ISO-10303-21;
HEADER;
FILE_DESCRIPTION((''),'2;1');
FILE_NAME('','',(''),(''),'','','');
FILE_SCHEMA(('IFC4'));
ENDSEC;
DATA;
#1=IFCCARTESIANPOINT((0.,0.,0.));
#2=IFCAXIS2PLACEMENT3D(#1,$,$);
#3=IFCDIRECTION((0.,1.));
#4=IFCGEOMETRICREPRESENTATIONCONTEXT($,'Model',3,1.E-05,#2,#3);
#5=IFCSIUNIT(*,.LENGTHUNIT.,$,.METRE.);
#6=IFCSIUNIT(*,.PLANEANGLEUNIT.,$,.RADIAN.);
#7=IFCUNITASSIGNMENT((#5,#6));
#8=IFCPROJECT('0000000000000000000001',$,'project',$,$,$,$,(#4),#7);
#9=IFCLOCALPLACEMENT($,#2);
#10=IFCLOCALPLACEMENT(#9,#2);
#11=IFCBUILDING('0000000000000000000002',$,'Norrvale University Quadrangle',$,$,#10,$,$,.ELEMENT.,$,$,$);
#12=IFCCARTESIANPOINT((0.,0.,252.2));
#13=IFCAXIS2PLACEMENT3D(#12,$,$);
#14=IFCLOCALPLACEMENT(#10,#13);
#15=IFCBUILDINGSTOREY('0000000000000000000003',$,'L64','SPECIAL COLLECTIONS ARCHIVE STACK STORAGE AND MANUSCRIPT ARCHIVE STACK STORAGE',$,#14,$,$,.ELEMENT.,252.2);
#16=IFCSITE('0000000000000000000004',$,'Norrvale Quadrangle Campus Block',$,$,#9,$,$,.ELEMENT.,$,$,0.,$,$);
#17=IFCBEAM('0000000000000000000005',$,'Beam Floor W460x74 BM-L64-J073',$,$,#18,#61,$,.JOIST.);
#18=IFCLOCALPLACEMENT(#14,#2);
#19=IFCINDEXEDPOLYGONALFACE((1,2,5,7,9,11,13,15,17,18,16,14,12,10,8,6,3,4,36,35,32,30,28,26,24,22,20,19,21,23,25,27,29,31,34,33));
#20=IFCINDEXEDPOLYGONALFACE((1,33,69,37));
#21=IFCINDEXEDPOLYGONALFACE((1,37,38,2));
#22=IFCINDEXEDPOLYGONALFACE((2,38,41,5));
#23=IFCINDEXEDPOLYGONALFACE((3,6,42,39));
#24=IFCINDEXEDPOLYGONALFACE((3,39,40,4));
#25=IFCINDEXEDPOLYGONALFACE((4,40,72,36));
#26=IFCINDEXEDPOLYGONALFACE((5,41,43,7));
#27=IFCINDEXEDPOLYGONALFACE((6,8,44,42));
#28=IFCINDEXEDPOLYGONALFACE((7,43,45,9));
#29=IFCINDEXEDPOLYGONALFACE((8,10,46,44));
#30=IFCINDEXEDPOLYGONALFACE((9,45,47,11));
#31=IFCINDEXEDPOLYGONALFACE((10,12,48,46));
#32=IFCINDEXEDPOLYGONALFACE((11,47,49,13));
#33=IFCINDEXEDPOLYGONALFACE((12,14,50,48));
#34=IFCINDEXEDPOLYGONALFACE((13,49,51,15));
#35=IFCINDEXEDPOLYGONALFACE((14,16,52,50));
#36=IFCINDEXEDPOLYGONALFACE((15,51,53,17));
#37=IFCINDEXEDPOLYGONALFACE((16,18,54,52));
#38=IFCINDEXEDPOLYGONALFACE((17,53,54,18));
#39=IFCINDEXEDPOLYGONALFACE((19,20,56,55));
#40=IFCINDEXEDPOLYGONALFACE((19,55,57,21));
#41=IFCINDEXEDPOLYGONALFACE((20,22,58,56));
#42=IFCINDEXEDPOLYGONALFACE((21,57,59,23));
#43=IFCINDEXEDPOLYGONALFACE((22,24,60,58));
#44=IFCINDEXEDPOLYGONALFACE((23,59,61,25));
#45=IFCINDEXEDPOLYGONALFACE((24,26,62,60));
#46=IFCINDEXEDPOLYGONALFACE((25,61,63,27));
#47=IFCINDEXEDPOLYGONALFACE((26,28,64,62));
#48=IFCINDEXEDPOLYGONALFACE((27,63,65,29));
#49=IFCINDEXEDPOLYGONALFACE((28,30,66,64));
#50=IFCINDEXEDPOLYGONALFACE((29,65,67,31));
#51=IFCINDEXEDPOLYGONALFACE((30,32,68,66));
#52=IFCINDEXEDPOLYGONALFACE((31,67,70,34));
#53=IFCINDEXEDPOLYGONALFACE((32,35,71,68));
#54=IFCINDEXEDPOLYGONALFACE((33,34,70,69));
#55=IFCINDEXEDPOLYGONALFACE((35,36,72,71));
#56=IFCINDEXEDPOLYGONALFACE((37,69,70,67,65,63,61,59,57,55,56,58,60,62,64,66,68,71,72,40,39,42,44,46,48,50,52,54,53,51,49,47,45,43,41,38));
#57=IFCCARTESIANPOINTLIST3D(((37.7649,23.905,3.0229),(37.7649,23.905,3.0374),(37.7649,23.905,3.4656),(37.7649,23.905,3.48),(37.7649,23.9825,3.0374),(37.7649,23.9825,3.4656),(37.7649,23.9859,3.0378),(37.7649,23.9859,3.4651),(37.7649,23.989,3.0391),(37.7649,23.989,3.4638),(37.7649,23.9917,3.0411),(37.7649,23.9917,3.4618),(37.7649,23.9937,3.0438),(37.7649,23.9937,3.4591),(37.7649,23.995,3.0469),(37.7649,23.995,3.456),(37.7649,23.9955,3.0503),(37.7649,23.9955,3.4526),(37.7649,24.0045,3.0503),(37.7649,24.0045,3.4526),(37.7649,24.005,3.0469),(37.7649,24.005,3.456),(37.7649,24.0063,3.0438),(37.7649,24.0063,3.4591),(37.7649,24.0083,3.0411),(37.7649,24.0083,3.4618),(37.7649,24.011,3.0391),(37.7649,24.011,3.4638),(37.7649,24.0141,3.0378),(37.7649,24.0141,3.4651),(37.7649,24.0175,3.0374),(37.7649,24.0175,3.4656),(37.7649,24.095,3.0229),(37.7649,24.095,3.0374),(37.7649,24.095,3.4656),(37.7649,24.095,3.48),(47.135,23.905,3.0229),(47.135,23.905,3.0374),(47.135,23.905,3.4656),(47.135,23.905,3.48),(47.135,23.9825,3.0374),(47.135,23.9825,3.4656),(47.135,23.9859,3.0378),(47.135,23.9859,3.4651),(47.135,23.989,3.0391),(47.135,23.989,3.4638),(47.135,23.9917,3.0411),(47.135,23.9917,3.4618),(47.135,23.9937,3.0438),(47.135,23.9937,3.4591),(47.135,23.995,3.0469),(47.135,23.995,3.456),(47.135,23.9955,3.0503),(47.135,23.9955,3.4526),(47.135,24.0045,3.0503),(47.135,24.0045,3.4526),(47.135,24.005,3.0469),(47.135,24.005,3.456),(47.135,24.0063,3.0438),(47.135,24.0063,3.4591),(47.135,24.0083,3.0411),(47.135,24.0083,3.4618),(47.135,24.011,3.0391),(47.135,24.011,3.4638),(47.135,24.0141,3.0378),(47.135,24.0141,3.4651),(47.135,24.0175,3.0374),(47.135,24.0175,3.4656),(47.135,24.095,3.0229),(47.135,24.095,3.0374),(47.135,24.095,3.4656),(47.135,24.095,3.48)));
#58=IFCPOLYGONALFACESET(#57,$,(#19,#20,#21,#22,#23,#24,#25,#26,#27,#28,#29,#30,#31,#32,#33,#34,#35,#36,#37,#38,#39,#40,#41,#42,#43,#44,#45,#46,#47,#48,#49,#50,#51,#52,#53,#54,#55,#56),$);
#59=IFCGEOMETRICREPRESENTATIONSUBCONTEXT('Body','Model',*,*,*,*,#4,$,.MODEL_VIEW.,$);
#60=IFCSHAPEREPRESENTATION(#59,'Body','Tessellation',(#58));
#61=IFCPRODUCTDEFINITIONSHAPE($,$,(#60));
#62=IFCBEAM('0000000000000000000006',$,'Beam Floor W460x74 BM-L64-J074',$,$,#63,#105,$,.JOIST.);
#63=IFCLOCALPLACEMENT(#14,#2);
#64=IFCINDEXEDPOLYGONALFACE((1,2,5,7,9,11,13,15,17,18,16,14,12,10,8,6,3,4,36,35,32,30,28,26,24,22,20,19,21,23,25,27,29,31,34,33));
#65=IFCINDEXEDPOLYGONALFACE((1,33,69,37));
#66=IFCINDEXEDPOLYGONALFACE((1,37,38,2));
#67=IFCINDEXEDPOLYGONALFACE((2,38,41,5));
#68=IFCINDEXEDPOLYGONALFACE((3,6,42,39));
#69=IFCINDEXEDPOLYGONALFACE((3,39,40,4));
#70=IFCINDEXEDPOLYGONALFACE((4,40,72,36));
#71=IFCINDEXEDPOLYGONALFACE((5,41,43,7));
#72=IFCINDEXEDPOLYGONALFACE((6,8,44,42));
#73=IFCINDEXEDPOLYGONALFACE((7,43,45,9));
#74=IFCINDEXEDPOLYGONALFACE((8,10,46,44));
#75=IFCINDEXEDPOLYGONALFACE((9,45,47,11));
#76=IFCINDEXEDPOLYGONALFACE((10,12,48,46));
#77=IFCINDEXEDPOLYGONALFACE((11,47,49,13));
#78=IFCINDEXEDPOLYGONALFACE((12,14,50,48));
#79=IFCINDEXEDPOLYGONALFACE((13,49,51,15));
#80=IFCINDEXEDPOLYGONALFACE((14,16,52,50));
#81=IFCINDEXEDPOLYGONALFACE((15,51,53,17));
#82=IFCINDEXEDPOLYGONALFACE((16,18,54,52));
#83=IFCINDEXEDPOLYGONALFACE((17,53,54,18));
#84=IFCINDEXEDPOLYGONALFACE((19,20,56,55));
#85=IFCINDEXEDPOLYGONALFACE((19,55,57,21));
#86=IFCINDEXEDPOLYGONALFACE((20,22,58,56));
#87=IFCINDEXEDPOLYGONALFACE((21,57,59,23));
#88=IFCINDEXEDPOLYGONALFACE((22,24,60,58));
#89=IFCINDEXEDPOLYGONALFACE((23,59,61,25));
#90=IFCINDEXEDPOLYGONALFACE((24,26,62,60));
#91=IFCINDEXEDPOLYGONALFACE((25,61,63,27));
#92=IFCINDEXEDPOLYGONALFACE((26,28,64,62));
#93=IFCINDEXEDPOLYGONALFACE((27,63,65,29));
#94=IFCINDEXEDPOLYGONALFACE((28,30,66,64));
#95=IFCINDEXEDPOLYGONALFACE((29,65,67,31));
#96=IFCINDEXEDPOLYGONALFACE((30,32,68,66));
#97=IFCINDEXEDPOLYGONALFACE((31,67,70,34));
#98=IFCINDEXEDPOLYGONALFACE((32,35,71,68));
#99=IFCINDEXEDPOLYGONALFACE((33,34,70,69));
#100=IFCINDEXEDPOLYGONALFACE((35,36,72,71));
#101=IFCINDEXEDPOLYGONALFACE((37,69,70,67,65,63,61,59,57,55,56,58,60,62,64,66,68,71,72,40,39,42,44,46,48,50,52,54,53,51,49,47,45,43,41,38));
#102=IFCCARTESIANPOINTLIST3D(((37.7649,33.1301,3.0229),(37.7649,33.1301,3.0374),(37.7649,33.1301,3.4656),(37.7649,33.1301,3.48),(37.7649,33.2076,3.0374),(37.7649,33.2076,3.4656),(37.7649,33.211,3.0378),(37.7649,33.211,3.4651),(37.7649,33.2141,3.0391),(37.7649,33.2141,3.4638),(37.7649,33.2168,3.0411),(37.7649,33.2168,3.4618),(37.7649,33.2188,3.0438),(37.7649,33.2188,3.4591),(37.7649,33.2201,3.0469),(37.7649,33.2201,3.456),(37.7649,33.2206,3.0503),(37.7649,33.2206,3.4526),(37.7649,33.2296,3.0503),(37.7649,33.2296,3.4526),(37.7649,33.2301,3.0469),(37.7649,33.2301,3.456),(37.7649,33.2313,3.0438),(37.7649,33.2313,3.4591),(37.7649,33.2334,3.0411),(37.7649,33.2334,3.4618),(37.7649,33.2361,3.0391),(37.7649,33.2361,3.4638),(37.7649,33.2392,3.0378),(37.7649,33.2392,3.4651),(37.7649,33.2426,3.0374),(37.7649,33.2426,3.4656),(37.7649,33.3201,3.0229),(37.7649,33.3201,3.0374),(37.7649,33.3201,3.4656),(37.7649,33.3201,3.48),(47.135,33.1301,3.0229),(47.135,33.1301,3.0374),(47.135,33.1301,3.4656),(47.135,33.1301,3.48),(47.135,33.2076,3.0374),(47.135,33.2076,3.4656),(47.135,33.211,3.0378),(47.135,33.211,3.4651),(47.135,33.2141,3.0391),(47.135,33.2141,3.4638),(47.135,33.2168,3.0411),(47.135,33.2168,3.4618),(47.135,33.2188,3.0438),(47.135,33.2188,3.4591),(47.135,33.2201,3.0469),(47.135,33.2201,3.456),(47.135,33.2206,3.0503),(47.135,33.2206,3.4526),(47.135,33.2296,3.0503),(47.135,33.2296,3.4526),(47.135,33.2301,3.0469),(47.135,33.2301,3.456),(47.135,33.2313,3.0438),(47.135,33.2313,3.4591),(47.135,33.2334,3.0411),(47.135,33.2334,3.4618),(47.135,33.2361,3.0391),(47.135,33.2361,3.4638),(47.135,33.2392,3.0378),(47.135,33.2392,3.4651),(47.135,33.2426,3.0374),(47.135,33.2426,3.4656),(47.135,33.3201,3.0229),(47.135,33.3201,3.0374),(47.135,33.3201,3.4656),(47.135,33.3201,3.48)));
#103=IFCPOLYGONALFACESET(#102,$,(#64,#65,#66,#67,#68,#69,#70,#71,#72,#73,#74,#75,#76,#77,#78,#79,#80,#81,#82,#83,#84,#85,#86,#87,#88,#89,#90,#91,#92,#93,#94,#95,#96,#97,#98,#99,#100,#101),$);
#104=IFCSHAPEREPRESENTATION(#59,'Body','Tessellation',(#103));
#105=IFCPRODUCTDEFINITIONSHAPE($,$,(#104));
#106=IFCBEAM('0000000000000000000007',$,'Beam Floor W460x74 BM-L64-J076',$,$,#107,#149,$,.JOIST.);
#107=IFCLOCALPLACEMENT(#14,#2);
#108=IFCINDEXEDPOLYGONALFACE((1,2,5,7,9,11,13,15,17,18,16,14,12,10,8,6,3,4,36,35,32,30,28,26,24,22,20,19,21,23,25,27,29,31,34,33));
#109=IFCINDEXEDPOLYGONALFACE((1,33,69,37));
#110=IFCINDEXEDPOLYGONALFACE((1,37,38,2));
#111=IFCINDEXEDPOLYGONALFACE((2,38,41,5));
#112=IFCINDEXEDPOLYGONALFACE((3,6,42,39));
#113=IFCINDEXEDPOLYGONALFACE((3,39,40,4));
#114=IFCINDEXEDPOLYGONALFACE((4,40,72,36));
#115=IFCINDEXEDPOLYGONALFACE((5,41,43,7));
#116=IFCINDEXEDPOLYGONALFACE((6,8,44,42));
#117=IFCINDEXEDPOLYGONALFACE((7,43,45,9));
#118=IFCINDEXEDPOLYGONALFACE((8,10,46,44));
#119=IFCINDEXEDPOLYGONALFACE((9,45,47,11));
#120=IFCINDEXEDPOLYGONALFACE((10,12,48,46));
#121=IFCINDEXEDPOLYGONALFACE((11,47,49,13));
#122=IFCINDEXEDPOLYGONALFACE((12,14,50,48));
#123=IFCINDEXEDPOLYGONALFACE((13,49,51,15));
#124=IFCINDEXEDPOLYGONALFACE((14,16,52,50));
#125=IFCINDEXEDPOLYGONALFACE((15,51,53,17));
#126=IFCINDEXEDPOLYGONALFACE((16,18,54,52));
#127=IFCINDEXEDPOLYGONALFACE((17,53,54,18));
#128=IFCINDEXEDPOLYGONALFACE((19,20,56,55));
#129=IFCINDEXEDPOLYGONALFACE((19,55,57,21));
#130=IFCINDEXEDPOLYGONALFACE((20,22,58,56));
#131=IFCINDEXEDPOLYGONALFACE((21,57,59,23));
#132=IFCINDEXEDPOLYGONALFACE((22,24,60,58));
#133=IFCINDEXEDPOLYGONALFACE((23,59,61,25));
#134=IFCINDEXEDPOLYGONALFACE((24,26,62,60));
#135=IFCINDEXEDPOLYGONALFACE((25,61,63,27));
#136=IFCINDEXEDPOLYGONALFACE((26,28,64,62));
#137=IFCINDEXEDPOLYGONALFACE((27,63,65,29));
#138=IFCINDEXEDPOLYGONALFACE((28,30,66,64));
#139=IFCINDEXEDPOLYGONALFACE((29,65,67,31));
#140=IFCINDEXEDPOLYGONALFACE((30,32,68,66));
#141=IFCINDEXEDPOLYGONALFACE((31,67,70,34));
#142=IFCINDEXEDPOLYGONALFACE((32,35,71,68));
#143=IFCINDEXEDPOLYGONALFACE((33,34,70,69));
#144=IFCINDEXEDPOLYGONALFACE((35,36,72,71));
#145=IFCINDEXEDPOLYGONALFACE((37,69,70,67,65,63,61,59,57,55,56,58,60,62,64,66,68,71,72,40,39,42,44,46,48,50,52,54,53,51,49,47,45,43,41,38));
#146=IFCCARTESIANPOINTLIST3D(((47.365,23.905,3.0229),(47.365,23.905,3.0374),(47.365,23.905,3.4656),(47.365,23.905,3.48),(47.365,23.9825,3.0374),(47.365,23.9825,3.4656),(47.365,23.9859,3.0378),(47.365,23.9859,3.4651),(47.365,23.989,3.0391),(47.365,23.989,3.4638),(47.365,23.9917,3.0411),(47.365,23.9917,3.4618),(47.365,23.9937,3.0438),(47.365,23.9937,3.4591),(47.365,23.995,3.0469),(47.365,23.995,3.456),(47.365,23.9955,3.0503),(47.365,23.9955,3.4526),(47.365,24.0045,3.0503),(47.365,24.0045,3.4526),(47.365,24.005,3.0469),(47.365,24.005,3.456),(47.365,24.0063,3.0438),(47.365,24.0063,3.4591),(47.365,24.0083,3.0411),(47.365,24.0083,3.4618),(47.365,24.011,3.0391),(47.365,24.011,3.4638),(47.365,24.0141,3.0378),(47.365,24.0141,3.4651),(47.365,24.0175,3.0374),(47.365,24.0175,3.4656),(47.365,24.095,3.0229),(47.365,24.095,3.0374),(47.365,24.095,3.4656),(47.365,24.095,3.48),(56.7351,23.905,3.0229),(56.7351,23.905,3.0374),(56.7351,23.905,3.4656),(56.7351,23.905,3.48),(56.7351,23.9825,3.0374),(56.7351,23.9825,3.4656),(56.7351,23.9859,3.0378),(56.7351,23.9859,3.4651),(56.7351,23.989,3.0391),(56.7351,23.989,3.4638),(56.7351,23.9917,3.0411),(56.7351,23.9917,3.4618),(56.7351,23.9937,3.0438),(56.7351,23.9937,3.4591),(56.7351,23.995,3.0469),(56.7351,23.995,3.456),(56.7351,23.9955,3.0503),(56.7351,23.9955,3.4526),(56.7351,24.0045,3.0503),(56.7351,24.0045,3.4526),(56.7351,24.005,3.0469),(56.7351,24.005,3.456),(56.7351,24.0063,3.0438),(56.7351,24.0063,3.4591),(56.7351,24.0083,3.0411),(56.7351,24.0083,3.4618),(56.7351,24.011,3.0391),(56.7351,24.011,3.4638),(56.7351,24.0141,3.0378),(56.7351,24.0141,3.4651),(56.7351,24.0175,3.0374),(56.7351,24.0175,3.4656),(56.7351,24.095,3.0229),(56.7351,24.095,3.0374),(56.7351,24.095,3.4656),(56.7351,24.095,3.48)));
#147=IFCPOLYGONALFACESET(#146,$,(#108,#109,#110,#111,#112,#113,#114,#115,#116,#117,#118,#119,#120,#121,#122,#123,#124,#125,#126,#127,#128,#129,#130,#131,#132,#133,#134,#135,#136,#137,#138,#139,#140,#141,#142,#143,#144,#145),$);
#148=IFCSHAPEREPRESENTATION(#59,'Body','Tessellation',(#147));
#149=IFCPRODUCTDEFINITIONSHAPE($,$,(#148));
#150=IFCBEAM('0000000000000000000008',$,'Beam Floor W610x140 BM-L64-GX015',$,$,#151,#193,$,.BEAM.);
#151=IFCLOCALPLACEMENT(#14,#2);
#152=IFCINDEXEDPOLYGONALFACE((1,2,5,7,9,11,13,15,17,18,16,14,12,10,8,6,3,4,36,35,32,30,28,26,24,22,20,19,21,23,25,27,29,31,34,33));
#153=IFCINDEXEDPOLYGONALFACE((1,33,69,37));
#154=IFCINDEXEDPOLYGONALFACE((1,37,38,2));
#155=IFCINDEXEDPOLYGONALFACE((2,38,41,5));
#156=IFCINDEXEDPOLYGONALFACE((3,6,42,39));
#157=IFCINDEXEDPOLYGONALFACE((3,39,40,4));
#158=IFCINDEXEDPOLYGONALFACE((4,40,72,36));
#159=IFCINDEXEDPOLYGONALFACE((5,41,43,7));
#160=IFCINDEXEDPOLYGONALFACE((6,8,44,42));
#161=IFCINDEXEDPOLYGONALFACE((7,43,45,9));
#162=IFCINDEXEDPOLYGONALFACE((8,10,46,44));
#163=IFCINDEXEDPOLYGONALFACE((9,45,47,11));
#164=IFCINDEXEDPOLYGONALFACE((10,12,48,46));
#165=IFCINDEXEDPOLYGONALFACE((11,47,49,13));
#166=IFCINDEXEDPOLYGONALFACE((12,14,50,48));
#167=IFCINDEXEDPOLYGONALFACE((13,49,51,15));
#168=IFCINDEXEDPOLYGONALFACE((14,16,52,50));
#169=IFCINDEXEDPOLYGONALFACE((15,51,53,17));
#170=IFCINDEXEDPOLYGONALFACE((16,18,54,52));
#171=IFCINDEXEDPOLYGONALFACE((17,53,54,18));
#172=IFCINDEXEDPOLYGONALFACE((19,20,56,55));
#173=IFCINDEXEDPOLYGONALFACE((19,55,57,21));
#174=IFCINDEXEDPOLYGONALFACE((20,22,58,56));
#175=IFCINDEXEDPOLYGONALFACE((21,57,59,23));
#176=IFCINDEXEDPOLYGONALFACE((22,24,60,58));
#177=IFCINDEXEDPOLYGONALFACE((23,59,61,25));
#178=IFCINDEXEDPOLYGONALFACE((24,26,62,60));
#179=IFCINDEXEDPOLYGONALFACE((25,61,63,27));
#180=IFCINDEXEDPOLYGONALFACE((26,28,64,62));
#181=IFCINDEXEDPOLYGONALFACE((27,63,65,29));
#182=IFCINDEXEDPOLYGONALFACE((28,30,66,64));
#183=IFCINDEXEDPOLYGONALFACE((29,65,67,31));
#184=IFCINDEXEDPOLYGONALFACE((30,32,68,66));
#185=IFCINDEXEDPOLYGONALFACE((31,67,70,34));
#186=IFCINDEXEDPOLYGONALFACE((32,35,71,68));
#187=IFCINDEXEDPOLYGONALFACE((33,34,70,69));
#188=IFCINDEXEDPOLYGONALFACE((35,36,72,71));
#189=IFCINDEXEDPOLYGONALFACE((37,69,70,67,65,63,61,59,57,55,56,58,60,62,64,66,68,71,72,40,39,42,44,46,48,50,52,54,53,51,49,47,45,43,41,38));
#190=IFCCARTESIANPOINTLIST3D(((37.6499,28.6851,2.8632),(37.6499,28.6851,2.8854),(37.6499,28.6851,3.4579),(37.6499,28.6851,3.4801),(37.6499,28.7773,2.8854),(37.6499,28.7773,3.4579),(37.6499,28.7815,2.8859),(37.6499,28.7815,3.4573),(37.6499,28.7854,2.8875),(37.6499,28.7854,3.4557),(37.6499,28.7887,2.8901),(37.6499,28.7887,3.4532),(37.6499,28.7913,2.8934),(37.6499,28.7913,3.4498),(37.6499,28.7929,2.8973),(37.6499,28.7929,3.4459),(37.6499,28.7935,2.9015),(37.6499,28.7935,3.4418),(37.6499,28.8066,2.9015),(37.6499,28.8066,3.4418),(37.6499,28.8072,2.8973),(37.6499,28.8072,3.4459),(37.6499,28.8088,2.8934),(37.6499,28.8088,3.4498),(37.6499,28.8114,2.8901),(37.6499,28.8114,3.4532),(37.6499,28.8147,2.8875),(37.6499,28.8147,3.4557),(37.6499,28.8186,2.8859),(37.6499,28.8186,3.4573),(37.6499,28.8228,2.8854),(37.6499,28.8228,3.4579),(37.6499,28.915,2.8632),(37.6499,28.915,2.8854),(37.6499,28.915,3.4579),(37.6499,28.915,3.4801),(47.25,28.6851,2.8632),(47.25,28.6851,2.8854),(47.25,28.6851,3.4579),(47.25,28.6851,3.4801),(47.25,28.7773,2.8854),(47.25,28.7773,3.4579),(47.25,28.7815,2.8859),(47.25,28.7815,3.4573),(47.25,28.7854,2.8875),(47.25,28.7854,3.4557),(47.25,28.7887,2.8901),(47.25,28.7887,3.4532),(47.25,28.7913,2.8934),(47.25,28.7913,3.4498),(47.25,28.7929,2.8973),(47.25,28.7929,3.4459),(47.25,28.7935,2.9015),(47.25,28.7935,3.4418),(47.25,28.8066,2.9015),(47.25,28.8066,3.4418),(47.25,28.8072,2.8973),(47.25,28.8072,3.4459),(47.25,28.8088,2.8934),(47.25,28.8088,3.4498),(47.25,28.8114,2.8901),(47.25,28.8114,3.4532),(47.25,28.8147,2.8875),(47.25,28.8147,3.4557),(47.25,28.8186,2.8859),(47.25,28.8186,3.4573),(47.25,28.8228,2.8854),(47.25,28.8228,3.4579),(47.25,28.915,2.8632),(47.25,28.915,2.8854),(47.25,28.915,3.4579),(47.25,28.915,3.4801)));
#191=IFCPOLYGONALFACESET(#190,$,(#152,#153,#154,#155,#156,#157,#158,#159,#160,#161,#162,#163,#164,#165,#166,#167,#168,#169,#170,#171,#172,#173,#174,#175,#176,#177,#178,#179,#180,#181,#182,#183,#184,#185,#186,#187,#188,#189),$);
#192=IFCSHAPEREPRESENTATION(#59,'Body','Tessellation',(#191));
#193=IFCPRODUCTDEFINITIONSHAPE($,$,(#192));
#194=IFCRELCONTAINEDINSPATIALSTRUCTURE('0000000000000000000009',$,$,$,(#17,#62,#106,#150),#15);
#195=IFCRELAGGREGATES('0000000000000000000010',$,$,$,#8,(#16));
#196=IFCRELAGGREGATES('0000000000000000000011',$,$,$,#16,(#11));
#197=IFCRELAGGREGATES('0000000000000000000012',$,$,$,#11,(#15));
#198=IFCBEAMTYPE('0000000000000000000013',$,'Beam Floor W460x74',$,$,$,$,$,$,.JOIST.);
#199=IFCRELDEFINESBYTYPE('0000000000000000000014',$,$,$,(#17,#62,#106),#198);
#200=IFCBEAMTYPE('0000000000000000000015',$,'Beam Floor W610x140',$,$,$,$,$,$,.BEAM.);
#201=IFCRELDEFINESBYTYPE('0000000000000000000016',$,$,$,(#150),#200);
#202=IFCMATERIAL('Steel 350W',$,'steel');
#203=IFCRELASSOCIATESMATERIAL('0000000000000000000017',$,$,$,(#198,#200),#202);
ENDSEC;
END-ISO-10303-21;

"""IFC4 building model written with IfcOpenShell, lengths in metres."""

from ifc_helpers import new_model, si_unit, direction, frame, origin, origin_2d, place, context, subcontext, project, spatial, i_section, extrude, material, material_profile, profile_set, type_object, element, save


model = new_model("IFC4")

# Units and contexts
model_context = context("Model", 3, precision=1e-05, world=origin(), true_north=direction((0.0, 1.0)))
body_context = subcontext(model_context, "Body", "Model", "MODEL_VIEW")
ifc_project = project(units=[si_unit("LENGTHUNIT", "METRE"), si_unit("PLANEANGLEUNIT", "RADIAN")], contexts=[model_context])

# Site, building, storey
site_placement = place(None, origin())
site = spatial("IfcSite", under=ifc_project, at=site_placement, Name="Norrvale Quadrangle Campus Block", CompositionType="ELEMENT", RefElevation=0.0)
building_placement = place(site_placement, origin())
building = spatial("IfcBuilding", under=site, at=building_placement, Name="Norrvale University Quadrangle", CompositionType="ELEMENT")
storey_placement = place(building_placement, frame((0.0, 0.0, 252.2)))
storey = spatial("IfcBuildingStorey", under=building, at=storey_placement, Name="L64", Description="SPECIAL COLLECTIONS ARCHIVE STACK STORAGE AND MANUSCRIPT ARCHIVE STACK STORAGE", CompositionType="ELEMENT", Elevation=252.2)

# Beams
ifc_material_1 = material(Name="Steel 350W", Category="steel")
ifc_material_profile_1 = material_profile(ifc_material_1, i_section(OverallWidth=0.1899, OverallDepth=0.457, WebThickness=0.009, FlangeThickness=0.0144, FilletRadius=0.0129, at=origin_2d()), Name="Steel 350W")
ifc_profile_set_1 = profile_set([ifc_material_profile_1], Name="Steel 350W")
beam_type_1 = type_object("IfcBeamType", Name="Beam Floor W460x74", PredefinedType="JOIST", material=ifc_profile_set_1)
for number, where, z_axis, x_axis, name in (
    (1, (37.7649, 24.0, 3.2515), (1.0, 0.0, 0.0), (0.0, 1.0, 0.0), "Beam Floor W460x74 BM-L64-J073"),
    (2, (37.7649, 33.2251, 3.2515), (1.0, 0.0, 0.0), (0.0, 1.0, 0.0), "Beam Floor W460x74 BM-L64-J074"),
    (3, (47.365, 24.0, 3.2515), (1.0, 0.0, 0.0), (0.0, 1.0, 0.0), "Beam Floor W460x74 BM-L64-J076"),
):
    element("IfcBeam", number, at=place(storey_placement, frame(where, z_axis=z_axis, x_axis=x_axis)), inside=storey, type_object=beam_type_1, Name=name, PredefinedType="JOIST", context=body_context, shape_type="SweptSolid", body=[
        extrude(i_section(OverallWidth=0.1899, OverallDepth=0.457, WebThickness=0.009, FlangeThickness=0.0144, FilletRadius=0.0129, at=origin_2d()), origin(), (0.0, 0.0, 1.0), 9.3701),
    ])
ifc_material_profile_2 = material_profile(ifc_material_1, i_section(OverallWidth=0.23, OverallDepth=0.6169, WebThickness=0.0132, FlangeThickness=0.0222, FilletRadius=0.0161, at=origin_2d()), Name="Steel 350W")
ifc_profile_set_2 = profile_set([ifc_material_profile_2], Name="Steel 350W")
beam_type_2 = type_object("IfcBeamType", Name="Beam Floor W610x140", PredefinedType="BEAM", material=ifc_profile_set_2)
for number, where, z_axis, x_axis, name in (
    (4, (37.6499, 28.8, 3.1716), (1.0, 0.0, 0.0), (0.0, 1.0, 0.0), "Beam Floor W610x140 BM-L64-GX015"),
):
    element("IfcBeam", number, at=place(storey_placement, frame(where, z_axis=z_axis, x_axis=x_axis)), inside=storey, type_object=beam_type_2, Name=name, PredefinedType="BEAM", context=body_context, shape_type="SweptSolid", body=[
        extrude(i_section(OverallWidth=0.23, OverallDepth=0.6169, WebThickness=0.0132, FlangeThickness=0.0222, FilletRadius=0.0161, at=origin_2d()), origin(), (0.0, 0.0, 1.0), 9.6001),
    ])

save(model, "model.ifc")
